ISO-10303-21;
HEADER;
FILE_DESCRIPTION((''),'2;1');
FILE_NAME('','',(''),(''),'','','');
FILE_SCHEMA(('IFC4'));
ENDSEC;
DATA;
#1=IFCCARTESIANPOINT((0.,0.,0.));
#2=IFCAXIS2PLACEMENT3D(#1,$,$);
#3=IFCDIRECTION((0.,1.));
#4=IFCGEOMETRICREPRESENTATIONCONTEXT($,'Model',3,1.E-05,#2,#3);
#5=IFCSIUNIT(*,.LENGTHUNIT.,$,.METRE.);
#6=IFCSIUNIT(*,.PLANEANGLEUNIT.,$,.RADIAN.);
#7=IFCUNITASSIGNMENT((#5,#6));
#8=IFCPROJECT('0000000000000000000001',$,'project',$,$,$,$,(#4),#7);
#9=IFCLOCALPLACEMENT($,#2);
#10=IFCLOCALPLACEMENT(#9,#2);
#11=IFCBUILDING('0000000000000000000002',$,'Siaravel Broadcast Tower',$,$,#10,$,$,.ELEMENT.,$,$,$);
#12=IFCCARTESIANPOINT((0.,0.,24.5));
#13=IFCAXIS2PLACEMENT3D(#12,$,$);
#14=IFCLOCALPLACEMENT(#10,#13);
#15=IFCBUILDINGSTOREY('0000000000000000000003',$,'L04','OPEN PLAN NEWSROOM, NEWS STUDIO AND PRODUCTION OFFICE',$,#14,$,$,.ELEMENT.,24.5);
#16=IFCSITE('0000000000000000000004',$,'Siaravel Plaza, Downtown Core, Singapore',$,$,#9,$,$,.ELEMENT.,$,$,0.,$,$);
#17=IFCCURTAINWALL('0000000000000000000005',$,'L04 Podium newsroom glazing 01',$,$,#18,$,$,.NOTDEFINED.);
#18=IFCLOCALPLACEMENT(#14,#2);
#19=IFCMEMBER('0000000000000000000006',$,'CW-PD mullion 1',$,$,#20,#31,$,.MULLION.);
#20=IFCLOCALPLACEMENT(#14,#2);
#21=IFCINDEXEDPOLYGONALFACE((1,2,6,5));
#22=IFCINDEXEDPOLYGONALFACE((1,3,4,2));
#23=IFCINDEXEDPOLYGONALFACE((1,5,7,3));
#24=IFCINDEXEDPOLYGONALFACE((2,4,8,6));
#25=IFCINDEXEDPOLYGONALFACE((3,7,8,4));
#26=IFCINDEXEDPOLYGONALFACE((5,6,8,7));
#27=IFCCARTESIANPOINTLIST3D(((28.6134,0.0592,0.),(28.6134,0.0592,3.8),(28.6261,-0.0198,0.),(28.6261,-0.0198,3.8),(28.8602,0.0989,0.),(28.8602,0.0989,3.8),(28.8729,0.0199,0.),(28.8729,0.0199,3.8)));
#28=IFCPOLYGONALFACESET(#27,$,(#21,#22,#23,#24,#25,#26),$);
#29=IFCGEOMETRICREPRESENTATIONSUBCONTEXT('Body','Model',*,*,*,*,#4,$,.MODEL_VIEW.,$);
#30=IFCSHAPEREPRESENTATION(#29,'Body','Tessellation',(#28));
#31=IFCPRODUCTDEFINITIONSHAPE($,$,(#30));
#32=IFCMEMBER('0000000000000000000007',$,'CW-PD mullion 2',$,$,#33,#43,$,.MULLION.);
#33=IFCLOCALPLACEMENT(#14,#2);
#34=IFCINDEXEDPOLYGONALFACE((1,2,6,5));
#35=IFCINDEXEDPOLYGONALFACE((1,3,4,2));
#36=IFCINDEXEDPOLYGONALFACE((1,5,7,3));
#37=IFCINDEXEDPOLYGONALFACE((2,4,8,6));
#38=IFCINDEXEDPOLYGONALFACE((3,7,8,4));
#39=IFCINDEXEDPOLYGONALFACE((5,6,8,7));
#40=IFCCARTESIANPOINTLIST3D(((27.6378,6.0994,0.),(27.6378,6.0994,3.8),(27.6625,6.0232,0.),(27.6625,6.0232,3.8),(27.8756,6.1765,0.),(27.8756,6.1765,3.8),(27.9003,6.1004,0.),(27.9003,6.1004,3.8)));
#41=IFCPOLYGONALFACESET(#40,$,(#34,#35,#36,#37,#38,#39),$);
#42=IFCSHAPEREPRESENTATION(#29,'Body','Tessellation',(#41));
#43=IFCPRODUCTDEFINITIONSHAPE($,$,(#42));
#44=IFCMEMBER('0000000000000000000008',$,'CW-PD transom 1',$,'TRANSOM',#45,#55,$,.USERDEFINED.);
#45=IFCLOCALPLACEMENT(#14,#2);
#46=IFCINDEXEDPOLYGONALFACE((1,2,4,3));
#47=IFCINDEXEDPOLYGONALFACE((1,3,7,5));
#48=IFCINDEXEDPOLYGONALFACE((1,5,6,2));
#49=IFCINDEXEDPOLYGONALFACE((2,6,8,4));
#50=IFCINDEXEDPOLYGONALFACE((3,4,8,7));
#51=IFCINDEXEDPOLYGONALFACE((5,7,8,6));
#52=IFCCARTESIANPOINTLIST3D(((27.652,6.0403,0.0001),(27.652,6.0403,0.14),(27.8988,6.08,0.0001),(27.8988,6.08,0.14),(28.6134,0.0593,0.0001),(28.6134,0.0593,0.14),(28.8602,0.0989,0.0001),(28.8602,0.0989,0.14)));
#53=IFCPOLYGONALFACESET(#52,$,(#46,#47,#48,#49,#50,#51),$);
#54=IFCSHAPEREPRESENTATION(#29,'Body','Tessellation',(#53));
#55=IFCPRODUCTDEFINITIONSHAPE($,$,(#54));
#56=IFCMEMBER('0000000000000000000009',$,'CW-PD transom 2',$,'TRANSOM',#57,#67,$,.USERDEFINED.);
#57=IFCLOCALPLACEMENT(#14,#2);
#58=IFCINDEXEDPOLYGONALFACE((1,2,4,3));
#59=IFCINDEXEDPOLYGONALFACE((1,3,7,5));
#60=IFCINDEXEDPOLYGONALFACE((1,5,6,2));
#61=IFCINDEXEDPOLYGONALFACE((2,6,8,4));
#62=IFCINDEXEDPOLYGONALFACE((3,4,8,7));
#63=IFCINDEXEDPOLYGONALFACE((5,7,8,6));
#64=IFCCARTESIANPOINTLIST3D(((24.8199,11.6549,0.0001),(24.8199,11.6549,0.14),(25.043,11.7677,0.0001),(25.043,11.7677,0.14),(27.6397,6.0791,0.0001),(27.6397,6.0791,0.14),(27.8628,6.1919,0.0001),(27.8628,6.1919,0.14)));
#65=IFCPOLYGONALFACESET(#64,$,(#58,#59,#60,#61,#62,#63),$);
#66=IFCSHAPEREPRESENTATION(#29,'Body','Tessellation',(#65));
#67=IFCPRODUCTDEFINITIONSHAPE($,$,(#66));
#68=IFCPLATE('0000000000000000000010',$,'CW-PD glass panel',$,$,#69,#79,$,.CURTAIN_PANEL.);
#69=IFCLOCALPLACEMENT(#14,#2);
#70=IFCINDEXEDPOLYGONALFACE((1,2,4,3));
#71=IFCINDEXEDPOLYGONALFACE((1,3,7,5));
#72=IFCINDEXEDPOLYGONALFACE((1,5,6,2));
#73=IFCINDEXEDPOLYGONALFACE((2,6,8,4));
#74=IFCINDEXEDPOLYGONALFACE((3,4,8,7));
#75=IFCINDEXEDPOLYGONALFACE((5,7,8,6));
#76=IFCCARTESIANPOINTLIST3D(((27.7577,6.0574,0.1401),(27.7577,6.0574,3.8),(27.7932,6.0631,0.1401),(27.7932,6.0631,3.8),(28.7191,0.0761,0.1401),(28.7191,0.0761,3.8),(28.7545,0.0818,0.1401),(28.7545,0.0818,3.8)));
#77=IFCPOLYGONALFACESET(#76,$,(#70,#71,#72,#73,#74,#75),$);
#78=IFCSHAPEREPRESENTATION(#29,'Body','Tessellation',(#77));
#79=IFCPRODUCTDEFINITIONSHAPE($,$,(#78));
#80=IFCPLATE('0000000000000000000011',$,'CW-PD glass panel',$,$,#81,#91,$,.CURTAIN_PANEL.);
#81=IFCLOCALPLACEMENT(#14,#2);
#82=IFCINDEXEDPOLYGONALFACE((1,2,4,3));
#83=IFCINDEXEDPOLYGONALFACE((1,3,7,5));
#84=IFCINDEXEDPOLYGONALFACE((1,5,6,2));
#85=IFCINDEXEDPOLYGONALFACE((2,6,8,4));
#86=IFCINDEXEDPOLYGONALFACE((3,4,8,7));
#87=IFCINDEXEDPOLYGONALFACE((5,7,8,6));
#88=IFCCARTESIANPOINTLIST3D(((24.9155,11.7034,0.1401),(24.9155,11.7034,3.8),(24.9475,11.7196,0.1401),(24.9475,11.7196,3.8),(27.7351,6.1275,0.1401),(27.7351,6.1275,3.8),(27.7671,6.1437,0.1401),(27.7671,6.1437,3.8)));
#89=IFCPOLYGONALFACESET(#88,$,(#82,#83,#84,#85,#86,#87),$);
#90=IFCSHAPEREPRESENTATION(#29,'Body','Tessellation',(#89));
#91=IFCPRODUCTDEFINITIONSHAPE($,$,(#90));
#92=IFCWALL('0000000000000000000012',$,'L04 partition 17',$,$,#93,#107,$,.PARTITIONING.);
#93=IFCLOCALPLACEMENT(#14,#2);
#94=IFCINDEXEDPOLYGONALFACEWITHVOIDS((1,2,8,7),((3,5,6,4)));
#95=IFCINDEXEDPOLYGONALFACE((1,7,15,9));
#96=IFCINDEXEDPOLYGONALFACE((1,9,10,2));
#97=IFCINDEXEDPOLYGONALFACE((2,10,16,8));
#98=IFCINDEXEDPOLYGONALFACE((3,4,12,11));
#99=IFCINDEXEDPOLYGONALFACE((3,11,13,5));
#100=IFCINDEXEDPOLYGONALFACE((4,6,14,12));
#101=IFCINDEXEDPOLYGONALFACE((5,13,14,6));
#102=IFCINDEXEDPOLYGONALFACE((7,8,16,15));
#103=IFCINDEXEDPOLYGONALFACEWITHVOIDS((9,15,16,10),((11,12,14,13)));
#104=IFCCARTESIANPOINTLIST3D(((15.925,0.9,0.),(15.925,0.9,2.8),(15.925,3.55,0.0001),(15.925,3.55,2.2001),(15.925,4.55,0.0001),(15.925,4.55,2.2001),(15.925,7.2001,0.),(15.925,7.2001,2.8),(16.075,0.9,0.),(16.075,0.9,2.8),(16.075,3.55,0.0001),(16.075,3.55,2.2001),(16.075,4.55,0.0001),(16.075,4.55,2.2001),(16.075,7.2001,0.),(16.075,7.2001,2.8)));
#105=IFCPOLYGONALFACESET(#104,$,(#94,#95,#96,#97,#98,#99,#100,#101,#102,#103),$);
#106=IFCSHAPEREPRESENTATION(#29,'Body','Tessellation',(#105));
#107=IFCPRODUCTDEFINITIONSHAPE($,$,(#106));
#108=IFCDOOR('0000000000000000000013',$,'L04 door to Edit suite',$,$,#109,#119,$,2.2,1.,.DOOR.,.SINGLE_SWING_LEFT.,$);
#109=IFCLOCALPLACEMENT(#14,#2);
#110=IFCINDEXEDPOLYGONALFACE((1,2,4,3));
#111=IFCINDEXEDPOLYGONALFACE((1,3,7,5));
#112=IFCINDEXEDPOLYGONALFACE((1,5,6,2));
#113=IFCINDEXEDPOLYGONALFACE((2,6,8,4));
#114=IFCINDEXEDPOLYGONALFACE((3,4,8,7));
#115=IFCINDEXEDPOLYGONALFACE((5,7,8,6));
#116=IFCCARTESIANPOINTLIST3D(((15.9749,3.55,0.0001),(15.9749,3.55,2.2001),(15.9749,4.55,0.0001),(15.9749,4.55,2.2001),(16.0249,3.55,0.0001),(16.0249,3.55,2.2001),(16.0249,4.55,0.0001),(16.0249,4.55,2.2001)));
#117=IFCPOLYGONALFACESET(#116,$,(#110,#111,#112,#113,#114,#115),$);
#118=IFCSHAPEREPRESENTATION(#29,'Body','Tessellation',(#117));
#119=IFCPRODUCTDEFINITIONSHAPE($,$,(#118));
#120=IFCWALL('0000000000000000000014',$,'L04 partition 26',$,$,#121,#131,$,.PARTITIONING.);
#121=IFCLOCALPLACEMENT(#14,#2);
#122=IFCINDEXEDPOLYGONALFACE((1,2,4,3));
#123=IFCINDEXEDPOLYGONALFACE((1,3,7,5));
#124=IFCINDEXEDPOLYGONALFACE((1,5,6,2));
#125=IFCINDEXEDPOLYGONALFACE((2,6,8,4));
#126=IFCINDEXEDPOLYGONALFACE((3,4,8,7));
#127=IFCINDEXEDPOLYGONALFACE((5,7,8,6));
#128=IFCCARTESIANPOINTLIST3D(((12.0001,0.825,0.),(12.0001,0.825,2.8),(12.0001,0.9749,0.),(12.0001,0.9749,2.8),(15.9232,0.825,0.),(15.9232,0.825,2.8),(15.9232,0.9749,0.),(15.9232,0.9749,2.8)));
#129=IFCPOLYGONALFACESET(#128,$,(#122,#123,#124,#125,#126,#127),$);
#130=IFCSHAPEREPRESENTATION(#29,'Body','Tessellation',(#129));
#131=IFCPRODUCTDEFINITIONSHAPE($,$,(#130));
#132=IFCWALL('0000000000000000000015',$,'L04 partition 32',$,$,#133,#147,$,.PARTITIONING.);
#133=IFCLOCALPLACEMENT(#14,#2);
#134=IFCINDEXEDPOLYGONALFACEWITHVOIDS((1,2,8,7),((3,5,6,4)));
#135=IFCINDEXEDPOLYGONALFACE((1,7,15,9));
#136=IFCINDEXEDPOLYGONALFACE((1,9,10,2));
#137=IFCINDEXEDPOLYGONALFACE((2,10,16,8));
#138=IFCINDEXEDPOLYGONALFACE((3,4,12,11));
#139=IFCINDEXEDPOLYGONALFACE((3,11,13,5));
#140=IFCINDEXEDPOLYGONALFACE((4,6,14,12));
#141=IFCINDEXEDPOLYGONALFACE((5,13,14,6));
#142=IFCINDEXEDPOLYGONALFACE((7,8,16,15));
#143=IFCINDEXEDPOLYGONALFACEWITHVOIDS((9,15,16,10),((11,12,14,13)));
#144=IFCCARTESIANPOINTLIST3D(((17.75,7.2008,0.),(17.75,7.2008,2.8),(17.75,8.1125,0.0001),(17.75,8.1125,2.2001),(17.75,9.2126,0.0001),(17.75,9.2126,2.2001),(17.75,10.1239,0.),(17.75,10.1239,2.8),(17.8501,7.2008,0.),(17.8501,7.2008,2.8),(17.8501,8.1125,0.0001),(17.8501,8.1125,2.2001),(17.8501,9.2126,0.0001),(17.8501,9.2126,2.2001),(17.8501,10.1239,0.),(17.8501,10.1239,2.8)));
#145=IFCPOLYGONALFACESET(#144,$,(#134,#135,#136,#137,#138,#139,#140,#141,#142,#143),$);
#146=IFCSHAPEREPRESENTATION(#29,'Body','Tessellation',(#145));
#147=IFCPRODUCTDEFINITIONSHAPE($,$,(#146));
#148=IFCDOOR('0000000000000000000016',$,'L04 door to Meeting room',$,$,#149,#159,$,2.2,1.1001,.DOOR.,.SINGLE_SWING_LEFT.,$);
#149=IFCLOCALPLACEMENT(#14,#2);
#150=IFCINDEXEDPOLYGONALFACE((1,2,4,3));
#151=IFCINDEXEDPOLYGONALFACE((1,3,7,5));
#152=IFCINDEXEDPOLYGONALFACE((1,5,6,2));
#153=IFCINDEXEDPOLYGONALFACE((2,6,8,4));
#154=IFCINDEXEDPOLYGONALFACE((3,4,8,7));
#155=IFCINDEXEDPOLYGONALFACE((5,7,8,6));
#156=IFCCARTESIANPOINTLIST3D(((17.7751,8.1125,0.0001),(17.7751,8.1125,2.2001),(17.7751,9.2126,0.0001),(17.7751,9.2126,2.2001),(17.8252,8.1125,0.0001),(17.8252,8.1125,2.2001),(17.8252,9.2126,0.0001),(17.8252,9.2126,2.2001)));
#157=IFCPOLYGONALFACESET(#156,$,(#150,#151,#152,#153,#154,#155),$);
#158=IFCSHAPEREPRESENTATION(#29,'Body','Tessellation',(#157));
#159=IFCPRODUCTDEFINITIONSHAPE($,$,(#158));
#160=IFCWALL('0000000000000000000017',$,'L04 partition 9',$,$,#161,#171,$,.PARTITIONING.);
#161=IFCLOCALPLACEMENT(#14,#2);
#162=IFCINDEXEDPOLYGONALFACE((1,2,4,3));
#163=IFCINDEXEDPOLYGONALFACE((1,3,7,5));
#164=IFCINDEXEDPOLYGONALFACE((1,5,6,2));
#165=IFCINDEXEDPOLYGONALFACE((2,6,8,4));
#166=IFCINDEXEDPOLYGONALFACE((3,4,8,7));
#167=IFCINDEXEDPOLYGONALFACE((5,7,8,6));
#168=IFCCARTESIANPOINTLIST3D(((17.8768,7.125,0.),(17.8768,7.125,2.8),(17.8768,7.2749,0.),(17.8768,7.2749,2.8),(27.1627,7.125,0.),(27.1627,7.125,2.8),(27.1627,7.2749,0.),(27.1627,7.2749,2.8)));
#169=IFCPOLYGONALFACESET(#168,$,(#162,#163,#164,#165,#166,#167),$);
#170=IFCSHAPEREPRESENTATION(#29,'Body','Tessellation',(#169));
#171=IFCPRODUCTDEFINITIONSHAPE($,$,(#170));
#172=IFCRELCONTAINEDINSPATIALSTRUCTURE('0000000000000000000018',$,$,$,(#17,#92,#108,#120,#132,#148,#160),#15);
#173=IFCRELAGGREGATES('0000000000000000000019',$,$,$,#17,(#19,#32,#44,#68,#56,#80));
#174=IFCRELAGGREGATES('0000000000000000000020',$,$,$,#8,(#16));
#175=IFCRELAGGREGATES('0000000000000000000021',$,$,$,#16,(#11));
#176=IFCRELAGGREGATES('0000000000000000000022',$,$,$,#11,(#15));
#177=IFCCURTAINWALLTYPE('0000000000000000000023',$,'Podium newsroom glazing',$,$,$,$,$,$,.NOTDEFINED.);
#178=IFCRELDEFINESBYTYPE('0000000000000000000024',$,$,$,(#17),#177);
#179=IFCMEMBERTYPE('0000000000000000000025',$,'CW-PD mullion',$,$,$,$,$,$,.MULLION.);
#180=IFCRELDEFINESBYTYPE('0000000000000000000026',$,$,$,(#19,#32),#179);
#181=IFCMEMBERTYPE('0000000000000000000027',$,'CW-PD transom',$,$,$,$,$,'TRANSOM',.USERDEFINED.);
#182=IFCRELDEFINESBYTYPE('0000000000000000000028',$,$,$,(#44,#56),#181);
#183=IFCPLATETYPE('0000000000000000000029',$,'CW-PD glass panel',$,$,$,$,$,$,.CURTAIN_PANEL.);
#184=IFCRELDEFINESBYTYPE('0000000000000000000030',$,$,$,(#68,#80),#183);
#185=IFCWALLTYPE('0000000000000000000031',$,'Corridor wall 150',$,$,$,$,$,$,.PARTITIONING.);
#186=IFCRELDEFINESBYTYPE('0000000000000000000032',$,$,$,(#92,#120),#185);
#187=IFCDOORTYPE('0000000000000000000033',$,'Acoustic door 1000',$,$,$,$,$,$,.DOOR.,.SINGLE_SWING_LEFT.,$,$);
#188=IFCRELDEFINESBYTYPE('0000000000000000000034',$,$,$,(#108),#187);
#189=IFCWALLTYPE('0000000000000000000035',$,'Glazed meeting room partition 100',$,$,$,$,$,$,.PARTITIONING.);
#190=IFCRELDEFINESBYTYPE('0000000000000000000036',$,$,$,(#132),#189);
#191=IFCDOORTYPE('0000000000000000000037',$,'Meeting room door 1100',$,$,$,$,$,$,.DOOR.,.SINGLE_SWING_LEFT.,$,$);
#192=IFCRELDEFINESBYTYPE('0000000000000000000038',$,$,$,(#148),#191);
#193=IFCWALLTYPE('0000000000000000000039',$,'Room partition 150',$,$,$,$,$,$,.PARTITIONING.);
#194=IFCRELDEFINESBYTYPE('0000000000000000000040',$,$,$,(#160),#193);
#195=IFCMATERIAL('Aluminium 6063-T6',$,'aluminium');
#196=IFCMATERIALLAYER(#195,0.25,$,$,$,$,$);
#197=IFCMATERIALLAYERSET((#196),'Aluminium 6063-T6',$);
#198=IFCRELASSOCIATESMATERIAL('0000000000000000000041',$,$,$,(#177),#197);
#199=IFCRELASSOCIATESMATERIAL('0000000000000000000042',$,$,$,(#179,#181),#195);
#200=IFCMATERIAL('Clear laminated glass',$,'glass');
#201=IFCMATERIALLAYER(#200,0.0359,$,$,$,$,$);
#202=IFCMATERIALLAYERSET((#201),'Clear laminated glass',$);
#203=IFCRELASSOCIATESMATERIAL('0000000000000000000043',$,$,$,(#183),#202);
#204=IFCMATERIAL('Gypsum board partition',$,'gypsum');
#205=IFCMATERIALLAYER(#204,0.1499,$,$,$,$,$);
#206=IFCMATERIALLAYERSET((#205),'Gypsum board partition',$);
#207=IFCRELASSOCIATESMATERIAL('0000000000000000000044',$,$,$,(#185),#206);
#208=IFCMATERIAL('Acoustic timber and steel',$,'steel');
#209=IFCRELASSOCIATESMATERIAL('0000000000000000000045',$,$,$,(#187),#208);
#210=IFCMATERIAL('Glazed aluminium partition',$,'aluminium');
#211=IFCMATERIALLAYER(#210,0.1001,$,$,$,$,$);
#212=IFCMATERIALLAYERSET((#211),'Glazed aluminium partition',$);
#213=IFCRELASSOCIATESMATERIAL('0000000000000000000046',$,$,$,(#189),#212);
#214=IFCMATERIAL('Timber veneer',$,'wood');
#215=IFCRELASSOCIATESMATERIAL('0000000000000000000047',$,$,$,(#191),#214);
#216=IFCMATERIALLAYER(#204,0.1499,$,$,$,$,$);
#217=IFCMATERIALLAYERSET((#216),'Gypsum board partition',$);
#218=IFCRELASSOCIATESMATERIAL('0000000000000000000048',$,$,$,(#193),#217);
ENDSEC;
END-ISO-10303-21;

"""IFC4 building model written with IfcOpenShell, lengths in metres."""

from ifc_helpers import new_model, si_unit, direction, frame, frame_2d, origin, origin_2d, place, context, subcontext, project, spatial, rectangle, extrude, material, layer, layer_set, material_profile, profile_set, type_object, element, fill, aggregate, save


model = new_model("IFC4")

# Units and contexts
model_context = context("Model", 3, precision=1e-05, world=origin(), true_north=direction((0.0, 1.0)))
body_context = subcontext(model_context, "Body", "Model", "MODEL_VIEW")
ifc_project = project(units=[si_unit("LENGTHUNIT", "METRE"), si_unit("PLANEANGLEUNIT", "RADIAN")], contexts=[model_context])

# Site, building, storey
site_placement = place(None, origin())
site = spatial("IfcSite", under=ifc_project, at=site_placement, Name="Siaravel Plaza, Downtown Core, Singapore", CompositionType="ELEMENT", RefElevation=0.0)
building_placement = place(site_placement, origin())
building = spatial("IfcBuilding", under=site, at=building_placement, Name="Siaravel Broadcast Tower", CompositionType="ELEMENT")
storey_placement = place(building_placement, frame((0.0, 0.0, 24.5)))
storey = spatial("IfcBuildingStorey", under=building, at=storey_placement, Name="L04", Description="OPEN PLAN NEWSROOM, NEWS STUDIO AND PRODUCTION OFFICE", CompositionType="ELEMENT", Elevation=24.5)

# Curtain wall, members, plates
ifc_material_1 = material(Name="Aluminium 6063-T6", Category="aluminium")
ifc_layer_1 = layer(ifc_material_1, 0.25)
ifc_layer_set_1 = layer_set([ifc_layer_1], Name="Aluminium 6063-T6")
curtain_wall_type = type_object("IfcCurtainWallType", Name="Podium newsroom glazing", PredefinedType="NOTDEFINED", material=ifc_layer_set_1)
curtain_wall_placement = place(storey_placement, origin())
curtain_wall = element("IfcCurtainWall", 1, at=curtain_wall_placement, inside=storey, type_object=curtain_wall_type, Name="L04 Podium newsroom glazing 01", PredefinedType="NOTDEFINED")
ifc_material_profile_1 = material_profile(ifc_material_1, rectangle(XDim=0.25, YDim=0.0801, at=origin_2d()))
ifc_profile_set_1 = profile_set([ifc_material_profile_1], Name="Aluminium 6063-T6")
member_type_1 = type_object("IfcMemberType", Name="CW-PD mullion", PredefinedType="MULLION", material=ifc_profile_set_1)
member_1_placement = place(storey_placement, frame((28.7432, 0.0396, 0.0), z_axis=(0.0, 0.0, 1.0), x_axis=(-0.987329, -0.158686, 0.0)))
member_1 = element("IfcMember", 2, at=member_1_placement, type_object=member_type_1, Name="CW-PD mullion 1", PredefinedType="MULLION", context=body_context, shape_type="SweptSolid", body=[
    extrude(rectangle(XDim=0.25, YDim=0.0801, at=origin_2d()), origin(), (0.0, 0.0, 1.0), 3.8),
])
member_2_placement = place(storey_placement, frame((27.769, 6.0999, 0.0), z_axis=(0.0, 0.0, 1.0), x_axis=(-0.951177, -0.308646, 0.0)))
member_2 = element("IfcMember", 3, at=member_2_placement, type_object=member_type_1, Name="CW-PD mullion 2", PredefinedType="MULLION", context=body_context, shape_type="SweptSolid", body=[
    extrude(rectangle(XDim=0.25, YDim=0.0801, at=origin_2d()), origin(), (0.0, 0.0, 1.0), 3.8),
])
ifc_material_profile_2 = material_profile(ifc_material_1, rectangle(XDim=0.25, YDim=0.1399, at=origin_2d()))
ifc_profile_set_2 = profile_set([ifc_material_profile_2], Name="Aluminium 6063-T6")
member_type_2 = type_object("IfcMemberType", Name="CW-PD transom", ElementType="TRANSOM", PredefinedType="USERDEFINED", material=ifc_profile_set_2)
member_3_placement = place(storey_placement, frame((28.7368, 0.0791, 0.0701), z_axis=(-0.158704, 0.987326, 0.0), x_axis=(-0.987326, -0.158704, 0.0)))
member_3 = element("IfcMember", 4, at=member_3_placement, type_object=member_type_2, Name="CW-PD transom 1", ObjectType="TRANSOM", PredefinedType="USERDEFINED", context=body_context, shape_type="SweptSolid", body=[
    extrude(rectangle(XDim=0.25, YDim=0.1399, at=origin_2d()), origin(), (0.0, 0.0, 1.0), 6.0579),
])
member_4_placement = place(storey_placement, frame((27.7512, 6.1355, 0.0701), z_axis=(-0.451288, 0.892378, 0.0), x_axis=(-0.892378, -0.451288, 0.0)))
member_4 = element("IfcMember", 5, at=member_4_placement, type_object=member_type_2, Name="CW-PD transom 2", ObjectType="TRANSOM", PredefinedType="USERDEFINED", context=body_context, shape_type="SweptSolid", body=[
    extrude(rectangle(XDim=0.25, YDim=0.1399, at=origin_2d()), origin(), (0.0, 0.0, 1.0), 6.2483),
])
ifc_material_2 = material(Name="Clear laminated glass", Category="glass")
ifc_layer_2 = layer(ifc_material_2, 0.0359)
ifc_layer_set_2 = layer_set([ifc_layer_2], Name="Clear laminated glass")
plate_type = type_object("IfcPlateType", Name="CW-PD glass panel", PredefinedType="CURTAIN_PANEL", material=ifc_layer_set_2)
plate_1_placement = place(storey_placement, frame((28.2561, 3.0696, 0.1401), z_axis=(0.0, 0.0, 1.0), x_axis=(-0.158686, 0.987329, 0.0)))
plate_1 = element("IfcPlate", 6, at=plate_1_placement, type_object=plate_type, Name="CW-PD glass panel", PredefinedType="CURTAIN_PANEL", context=body_context, shape_type="SweptSolid", body=[
    extrude(rectangle(XDim=6.0581, YDim=0.0359, at=origin_2d()), origin(), (0.0, 0.0, 1.0), 3.6599),
])
plate_2_placement = place(storey_placement, frame((26.3413, 8.9236, 0.1401), z_axis=(0.0, 0.0, 1.0), x_axis=(-0.451262, 0.892392, 0.0)))
plate_2 = element("IfcPlate", 7, at=plate_2_placement, type_object=plate_type, Name="CW-PD glass panel", PredefinedType="CURTAIN_PANEL", context=body_context, shape_type="SweptSolid", body=[
    extrude(rectangle(XDim=6.2483, YDim=0.0359, at=origin_2d()), origin(), (0.0, 0.0, 1.0), 3.6599),
])
aggregate(curtain_wall, [member_1, member_2, member_3, plate_1, member_4, plate_2])

# Wall, opening, door
ifc_material_3 = material(Name="Gypsum board partition", Category="gypsum")
ifc_layer_3 = layer(ifc_material_3, 0.1499)
ifc_layer_set_3 = layer_set([ifc_layer_3], Name="Gypsum board partition")
wall_type_1 = type_object("IfcWallType", Name="Corridor wall 150", PredefinedType="PARTITIONING", material=ifc_layer_set_3)
wall_1_placement = place(storey_placement, frame((16.0, 7.2, 0.0), z_axis=(0.0, 0.0, 1.0), x_axis=(0.0, -1.0, 0.0)))
wall_1 = element("IfcWall", 8, at=wall_1_placement, inside=storey, type_object=wall_type_1, Name="L04 partition 17", PredefinedType="PARTITIONING", context=body_context, shape_type="SweptSolid", body=[
    extrude(rectangle(XDim=6.3, YDim=0.1499, at=frame_2d((3.1499, 0.0))), origin(), (0.0, 0.0, 1.0), 2.8),
])
opening_1_placement = place(wall_1_placement, frame((2.6499, 0.0, 0.0)))
opening_1 = element("IfcOpeningElement", 9, at=opening_1_placement, cuts=wall_1, PredefinedType="OPENING", context=body_context, shape_type="SweptSolid", body=[
    extrude(rectangle(XDim=1.0, YDim=2.2, at=frame_2d((0.5, 1.1001))), frame((0.0, 0.085, 0.0), z_axis=(0.0, -1.0, 0.0), x_axis=(1.0, 0.0, 0.0)), (0.0, 0.0, 1.0), 0.1699),
])
ifc_material_4 = material(Name="Acoustic timber and steel", Category="steel")
door_type_1 = type_object("IfcDoorType", Name="Acoustic door 1000", OperationType="SINGLE_SWING_LEFT", PredefinedType="DOOR", material=ifc_material_4)
door_1_placement = place(opening_1_placement, origin())
door_1 = element("IfcDoor", 10, at=door_1_placement, inside=storey, type_object=door_type_1, Name="L04 door to Edit suite", OperationType="SINGLE_SWING_LEFT", OverallHeight=2.2, OverallWidth=1.0, PredefinedType="DOOR", context=body_context, shape_type="SweptSolid", body=[
    extrude(rectangle(XDim=1.0, YDim=2.2, at=frame_2d((0.5, 1.1001))), frame((0.0, 0.0249, 0.0), z_axis=(0.0, -1.0, 0.0), x_axis=(1.0, 0.0, 0.0)), (0.0, 0.0, 1.0), 0.05),
])
fill(opening_1, door_1)

# Wall
wall_2_placement = place(storey_placement, frame((15.9231, 0.8999, 0.0), z_axis=(0.0, 0.0, 1.0), x_axis=(-1.0, 0.0, 0.0)))
element("IfcWall", 11, at=wall_2_placement, inside=storey, type_object=wall_type_1, Name="L04 partition 26", PredefinedType="PARTITIONING", context=body_context, shape_type="SweptSolid", body=[
    extrude(rectangle(XDim=3.9231, YDim=0.1499, at=frame_2d((1.9614, 0.0))), origin(), (0.0, 0.0, 1.0), 2.8),
])

# Wall, opening, door
ifc_material_5 = material(Name="Glazed aluminium partition", Category="aluminium")
ifc_layer_4 = layer(ifc_material_5, 0.1001)
ifc_layer_set_4 = layer_set([ifc_layer_4], Name="Glazed aluminium partition")
wall_type_2 = type_object("IfcWallType", Name="Glazed meeting room partition 100", PredefinedType="PARTITIONING", material=ifc_layer_set_4)
wall_3_placement = place(storey_placement, frame((17.8, 7.2009, 0.0), z_axis=(0.0, 0.0, 1.0), x_axis=(0.0, 1.0, 0.0)))
wall_3 = element("IfcWall", 12, at=wall_3_placement, inside=storey, type_object=wall_type_2, Name="L04 partition 32", PredefinedType="PARTITIONING", context=body_context, shape_type="SweptSolid", body=[
    extrude(rectangle(XDim=2.9231, YDim=0.1001, at=frame_2d((1.4614, 0.0))), origin(), (0.0, 0.0, 1.0), 2.8),
])
opening_2_placement = place(wall_3_placement, frame((0.9116, 0.0, 0.0)))
opening_2 = element("IfcOpeningElement", 13, at=opening_2_placement, cuts=wall_3, PredefinedType="OPENING", context=body_context, shape_type="SweptSolid", body=[
    extrude(rectangle(XDim=1.1001, YDim=2.2, at=frame_2d((0.55, 1.1001))), frame((0.0, 0.0601, 0.0), z_axis=(0.0, -1.0, 0.0), x_axis=(1.0, 0.0, 0.0)), (0.0, 0.0, 1.0), 0.1201),
])
ifc_material_6 = material(Name="Timber veneer", Category="wood")
door_type_2 = type_object("IfcDoorType", Name="Meeting room door 1100", OperationType="SINGLE_SWING_LEFT", PredefinedType="DOOR", material=ifc_material_6)
door_2_placement = place(opening_2_placement, origin())
door_2 = element("IfcDoor", 14, at=door_2_placement, inside=storey, type_object=door_type_2, Name="L04 door to Meeting room", OperationType="SINGLE_SWING_LEFT", OverallHeight=2.2, OverallWidth=1.1001, PredefinedType="DOOR", context=body_context, shape_type="SweptSolid", body=[
    extrude(rectangle(XDim=1.1001, YDim=2.2, at=frame_2d((0.55, 1.1001))), frame((0.0, 0.0249, 0.0), z_axis=(0.0, -1.0, 0.0), x_axis=(1.0, 0.0, 0.0)), (0.0, 0.0, 1.0), 0.05),
])
fill(opening_2, door_2)

# Wall
ifc_layer_5 = layer(ifc_material_3, 0.1499)
ifc_layer_set_5 = layer_set([ifc_layer_5], Name="Gypsum board partition")
wall_type_3 = type_object("IfcWallType", Name="Room partition 150", PredefinedType="PARTITIONING", material=ifc_layer_set_5)
wall_4_placement = place(storey_placement, frame((27.1628, 7.2, 0.0), z_axis=(0.0, 0.0, 1.0), x_axis=(-1.0, 0.0, 0.0)))
element("IfcWall", 15, at=wall_4_placement, inside=storey, type_object=wall_type_3, Name="L04 partition 9", PredefinedType="PARTITIONING", context=body_context, shape_type="SweptSolid", body=[
    extrude(rectangle(XDim=9.2859, YDim=0.1499, at=frame_2d((4.6431, 0.0))), origin(), (0.0, 0.0, 1.0), 2.8),
])

save(model, "model.ifc")
